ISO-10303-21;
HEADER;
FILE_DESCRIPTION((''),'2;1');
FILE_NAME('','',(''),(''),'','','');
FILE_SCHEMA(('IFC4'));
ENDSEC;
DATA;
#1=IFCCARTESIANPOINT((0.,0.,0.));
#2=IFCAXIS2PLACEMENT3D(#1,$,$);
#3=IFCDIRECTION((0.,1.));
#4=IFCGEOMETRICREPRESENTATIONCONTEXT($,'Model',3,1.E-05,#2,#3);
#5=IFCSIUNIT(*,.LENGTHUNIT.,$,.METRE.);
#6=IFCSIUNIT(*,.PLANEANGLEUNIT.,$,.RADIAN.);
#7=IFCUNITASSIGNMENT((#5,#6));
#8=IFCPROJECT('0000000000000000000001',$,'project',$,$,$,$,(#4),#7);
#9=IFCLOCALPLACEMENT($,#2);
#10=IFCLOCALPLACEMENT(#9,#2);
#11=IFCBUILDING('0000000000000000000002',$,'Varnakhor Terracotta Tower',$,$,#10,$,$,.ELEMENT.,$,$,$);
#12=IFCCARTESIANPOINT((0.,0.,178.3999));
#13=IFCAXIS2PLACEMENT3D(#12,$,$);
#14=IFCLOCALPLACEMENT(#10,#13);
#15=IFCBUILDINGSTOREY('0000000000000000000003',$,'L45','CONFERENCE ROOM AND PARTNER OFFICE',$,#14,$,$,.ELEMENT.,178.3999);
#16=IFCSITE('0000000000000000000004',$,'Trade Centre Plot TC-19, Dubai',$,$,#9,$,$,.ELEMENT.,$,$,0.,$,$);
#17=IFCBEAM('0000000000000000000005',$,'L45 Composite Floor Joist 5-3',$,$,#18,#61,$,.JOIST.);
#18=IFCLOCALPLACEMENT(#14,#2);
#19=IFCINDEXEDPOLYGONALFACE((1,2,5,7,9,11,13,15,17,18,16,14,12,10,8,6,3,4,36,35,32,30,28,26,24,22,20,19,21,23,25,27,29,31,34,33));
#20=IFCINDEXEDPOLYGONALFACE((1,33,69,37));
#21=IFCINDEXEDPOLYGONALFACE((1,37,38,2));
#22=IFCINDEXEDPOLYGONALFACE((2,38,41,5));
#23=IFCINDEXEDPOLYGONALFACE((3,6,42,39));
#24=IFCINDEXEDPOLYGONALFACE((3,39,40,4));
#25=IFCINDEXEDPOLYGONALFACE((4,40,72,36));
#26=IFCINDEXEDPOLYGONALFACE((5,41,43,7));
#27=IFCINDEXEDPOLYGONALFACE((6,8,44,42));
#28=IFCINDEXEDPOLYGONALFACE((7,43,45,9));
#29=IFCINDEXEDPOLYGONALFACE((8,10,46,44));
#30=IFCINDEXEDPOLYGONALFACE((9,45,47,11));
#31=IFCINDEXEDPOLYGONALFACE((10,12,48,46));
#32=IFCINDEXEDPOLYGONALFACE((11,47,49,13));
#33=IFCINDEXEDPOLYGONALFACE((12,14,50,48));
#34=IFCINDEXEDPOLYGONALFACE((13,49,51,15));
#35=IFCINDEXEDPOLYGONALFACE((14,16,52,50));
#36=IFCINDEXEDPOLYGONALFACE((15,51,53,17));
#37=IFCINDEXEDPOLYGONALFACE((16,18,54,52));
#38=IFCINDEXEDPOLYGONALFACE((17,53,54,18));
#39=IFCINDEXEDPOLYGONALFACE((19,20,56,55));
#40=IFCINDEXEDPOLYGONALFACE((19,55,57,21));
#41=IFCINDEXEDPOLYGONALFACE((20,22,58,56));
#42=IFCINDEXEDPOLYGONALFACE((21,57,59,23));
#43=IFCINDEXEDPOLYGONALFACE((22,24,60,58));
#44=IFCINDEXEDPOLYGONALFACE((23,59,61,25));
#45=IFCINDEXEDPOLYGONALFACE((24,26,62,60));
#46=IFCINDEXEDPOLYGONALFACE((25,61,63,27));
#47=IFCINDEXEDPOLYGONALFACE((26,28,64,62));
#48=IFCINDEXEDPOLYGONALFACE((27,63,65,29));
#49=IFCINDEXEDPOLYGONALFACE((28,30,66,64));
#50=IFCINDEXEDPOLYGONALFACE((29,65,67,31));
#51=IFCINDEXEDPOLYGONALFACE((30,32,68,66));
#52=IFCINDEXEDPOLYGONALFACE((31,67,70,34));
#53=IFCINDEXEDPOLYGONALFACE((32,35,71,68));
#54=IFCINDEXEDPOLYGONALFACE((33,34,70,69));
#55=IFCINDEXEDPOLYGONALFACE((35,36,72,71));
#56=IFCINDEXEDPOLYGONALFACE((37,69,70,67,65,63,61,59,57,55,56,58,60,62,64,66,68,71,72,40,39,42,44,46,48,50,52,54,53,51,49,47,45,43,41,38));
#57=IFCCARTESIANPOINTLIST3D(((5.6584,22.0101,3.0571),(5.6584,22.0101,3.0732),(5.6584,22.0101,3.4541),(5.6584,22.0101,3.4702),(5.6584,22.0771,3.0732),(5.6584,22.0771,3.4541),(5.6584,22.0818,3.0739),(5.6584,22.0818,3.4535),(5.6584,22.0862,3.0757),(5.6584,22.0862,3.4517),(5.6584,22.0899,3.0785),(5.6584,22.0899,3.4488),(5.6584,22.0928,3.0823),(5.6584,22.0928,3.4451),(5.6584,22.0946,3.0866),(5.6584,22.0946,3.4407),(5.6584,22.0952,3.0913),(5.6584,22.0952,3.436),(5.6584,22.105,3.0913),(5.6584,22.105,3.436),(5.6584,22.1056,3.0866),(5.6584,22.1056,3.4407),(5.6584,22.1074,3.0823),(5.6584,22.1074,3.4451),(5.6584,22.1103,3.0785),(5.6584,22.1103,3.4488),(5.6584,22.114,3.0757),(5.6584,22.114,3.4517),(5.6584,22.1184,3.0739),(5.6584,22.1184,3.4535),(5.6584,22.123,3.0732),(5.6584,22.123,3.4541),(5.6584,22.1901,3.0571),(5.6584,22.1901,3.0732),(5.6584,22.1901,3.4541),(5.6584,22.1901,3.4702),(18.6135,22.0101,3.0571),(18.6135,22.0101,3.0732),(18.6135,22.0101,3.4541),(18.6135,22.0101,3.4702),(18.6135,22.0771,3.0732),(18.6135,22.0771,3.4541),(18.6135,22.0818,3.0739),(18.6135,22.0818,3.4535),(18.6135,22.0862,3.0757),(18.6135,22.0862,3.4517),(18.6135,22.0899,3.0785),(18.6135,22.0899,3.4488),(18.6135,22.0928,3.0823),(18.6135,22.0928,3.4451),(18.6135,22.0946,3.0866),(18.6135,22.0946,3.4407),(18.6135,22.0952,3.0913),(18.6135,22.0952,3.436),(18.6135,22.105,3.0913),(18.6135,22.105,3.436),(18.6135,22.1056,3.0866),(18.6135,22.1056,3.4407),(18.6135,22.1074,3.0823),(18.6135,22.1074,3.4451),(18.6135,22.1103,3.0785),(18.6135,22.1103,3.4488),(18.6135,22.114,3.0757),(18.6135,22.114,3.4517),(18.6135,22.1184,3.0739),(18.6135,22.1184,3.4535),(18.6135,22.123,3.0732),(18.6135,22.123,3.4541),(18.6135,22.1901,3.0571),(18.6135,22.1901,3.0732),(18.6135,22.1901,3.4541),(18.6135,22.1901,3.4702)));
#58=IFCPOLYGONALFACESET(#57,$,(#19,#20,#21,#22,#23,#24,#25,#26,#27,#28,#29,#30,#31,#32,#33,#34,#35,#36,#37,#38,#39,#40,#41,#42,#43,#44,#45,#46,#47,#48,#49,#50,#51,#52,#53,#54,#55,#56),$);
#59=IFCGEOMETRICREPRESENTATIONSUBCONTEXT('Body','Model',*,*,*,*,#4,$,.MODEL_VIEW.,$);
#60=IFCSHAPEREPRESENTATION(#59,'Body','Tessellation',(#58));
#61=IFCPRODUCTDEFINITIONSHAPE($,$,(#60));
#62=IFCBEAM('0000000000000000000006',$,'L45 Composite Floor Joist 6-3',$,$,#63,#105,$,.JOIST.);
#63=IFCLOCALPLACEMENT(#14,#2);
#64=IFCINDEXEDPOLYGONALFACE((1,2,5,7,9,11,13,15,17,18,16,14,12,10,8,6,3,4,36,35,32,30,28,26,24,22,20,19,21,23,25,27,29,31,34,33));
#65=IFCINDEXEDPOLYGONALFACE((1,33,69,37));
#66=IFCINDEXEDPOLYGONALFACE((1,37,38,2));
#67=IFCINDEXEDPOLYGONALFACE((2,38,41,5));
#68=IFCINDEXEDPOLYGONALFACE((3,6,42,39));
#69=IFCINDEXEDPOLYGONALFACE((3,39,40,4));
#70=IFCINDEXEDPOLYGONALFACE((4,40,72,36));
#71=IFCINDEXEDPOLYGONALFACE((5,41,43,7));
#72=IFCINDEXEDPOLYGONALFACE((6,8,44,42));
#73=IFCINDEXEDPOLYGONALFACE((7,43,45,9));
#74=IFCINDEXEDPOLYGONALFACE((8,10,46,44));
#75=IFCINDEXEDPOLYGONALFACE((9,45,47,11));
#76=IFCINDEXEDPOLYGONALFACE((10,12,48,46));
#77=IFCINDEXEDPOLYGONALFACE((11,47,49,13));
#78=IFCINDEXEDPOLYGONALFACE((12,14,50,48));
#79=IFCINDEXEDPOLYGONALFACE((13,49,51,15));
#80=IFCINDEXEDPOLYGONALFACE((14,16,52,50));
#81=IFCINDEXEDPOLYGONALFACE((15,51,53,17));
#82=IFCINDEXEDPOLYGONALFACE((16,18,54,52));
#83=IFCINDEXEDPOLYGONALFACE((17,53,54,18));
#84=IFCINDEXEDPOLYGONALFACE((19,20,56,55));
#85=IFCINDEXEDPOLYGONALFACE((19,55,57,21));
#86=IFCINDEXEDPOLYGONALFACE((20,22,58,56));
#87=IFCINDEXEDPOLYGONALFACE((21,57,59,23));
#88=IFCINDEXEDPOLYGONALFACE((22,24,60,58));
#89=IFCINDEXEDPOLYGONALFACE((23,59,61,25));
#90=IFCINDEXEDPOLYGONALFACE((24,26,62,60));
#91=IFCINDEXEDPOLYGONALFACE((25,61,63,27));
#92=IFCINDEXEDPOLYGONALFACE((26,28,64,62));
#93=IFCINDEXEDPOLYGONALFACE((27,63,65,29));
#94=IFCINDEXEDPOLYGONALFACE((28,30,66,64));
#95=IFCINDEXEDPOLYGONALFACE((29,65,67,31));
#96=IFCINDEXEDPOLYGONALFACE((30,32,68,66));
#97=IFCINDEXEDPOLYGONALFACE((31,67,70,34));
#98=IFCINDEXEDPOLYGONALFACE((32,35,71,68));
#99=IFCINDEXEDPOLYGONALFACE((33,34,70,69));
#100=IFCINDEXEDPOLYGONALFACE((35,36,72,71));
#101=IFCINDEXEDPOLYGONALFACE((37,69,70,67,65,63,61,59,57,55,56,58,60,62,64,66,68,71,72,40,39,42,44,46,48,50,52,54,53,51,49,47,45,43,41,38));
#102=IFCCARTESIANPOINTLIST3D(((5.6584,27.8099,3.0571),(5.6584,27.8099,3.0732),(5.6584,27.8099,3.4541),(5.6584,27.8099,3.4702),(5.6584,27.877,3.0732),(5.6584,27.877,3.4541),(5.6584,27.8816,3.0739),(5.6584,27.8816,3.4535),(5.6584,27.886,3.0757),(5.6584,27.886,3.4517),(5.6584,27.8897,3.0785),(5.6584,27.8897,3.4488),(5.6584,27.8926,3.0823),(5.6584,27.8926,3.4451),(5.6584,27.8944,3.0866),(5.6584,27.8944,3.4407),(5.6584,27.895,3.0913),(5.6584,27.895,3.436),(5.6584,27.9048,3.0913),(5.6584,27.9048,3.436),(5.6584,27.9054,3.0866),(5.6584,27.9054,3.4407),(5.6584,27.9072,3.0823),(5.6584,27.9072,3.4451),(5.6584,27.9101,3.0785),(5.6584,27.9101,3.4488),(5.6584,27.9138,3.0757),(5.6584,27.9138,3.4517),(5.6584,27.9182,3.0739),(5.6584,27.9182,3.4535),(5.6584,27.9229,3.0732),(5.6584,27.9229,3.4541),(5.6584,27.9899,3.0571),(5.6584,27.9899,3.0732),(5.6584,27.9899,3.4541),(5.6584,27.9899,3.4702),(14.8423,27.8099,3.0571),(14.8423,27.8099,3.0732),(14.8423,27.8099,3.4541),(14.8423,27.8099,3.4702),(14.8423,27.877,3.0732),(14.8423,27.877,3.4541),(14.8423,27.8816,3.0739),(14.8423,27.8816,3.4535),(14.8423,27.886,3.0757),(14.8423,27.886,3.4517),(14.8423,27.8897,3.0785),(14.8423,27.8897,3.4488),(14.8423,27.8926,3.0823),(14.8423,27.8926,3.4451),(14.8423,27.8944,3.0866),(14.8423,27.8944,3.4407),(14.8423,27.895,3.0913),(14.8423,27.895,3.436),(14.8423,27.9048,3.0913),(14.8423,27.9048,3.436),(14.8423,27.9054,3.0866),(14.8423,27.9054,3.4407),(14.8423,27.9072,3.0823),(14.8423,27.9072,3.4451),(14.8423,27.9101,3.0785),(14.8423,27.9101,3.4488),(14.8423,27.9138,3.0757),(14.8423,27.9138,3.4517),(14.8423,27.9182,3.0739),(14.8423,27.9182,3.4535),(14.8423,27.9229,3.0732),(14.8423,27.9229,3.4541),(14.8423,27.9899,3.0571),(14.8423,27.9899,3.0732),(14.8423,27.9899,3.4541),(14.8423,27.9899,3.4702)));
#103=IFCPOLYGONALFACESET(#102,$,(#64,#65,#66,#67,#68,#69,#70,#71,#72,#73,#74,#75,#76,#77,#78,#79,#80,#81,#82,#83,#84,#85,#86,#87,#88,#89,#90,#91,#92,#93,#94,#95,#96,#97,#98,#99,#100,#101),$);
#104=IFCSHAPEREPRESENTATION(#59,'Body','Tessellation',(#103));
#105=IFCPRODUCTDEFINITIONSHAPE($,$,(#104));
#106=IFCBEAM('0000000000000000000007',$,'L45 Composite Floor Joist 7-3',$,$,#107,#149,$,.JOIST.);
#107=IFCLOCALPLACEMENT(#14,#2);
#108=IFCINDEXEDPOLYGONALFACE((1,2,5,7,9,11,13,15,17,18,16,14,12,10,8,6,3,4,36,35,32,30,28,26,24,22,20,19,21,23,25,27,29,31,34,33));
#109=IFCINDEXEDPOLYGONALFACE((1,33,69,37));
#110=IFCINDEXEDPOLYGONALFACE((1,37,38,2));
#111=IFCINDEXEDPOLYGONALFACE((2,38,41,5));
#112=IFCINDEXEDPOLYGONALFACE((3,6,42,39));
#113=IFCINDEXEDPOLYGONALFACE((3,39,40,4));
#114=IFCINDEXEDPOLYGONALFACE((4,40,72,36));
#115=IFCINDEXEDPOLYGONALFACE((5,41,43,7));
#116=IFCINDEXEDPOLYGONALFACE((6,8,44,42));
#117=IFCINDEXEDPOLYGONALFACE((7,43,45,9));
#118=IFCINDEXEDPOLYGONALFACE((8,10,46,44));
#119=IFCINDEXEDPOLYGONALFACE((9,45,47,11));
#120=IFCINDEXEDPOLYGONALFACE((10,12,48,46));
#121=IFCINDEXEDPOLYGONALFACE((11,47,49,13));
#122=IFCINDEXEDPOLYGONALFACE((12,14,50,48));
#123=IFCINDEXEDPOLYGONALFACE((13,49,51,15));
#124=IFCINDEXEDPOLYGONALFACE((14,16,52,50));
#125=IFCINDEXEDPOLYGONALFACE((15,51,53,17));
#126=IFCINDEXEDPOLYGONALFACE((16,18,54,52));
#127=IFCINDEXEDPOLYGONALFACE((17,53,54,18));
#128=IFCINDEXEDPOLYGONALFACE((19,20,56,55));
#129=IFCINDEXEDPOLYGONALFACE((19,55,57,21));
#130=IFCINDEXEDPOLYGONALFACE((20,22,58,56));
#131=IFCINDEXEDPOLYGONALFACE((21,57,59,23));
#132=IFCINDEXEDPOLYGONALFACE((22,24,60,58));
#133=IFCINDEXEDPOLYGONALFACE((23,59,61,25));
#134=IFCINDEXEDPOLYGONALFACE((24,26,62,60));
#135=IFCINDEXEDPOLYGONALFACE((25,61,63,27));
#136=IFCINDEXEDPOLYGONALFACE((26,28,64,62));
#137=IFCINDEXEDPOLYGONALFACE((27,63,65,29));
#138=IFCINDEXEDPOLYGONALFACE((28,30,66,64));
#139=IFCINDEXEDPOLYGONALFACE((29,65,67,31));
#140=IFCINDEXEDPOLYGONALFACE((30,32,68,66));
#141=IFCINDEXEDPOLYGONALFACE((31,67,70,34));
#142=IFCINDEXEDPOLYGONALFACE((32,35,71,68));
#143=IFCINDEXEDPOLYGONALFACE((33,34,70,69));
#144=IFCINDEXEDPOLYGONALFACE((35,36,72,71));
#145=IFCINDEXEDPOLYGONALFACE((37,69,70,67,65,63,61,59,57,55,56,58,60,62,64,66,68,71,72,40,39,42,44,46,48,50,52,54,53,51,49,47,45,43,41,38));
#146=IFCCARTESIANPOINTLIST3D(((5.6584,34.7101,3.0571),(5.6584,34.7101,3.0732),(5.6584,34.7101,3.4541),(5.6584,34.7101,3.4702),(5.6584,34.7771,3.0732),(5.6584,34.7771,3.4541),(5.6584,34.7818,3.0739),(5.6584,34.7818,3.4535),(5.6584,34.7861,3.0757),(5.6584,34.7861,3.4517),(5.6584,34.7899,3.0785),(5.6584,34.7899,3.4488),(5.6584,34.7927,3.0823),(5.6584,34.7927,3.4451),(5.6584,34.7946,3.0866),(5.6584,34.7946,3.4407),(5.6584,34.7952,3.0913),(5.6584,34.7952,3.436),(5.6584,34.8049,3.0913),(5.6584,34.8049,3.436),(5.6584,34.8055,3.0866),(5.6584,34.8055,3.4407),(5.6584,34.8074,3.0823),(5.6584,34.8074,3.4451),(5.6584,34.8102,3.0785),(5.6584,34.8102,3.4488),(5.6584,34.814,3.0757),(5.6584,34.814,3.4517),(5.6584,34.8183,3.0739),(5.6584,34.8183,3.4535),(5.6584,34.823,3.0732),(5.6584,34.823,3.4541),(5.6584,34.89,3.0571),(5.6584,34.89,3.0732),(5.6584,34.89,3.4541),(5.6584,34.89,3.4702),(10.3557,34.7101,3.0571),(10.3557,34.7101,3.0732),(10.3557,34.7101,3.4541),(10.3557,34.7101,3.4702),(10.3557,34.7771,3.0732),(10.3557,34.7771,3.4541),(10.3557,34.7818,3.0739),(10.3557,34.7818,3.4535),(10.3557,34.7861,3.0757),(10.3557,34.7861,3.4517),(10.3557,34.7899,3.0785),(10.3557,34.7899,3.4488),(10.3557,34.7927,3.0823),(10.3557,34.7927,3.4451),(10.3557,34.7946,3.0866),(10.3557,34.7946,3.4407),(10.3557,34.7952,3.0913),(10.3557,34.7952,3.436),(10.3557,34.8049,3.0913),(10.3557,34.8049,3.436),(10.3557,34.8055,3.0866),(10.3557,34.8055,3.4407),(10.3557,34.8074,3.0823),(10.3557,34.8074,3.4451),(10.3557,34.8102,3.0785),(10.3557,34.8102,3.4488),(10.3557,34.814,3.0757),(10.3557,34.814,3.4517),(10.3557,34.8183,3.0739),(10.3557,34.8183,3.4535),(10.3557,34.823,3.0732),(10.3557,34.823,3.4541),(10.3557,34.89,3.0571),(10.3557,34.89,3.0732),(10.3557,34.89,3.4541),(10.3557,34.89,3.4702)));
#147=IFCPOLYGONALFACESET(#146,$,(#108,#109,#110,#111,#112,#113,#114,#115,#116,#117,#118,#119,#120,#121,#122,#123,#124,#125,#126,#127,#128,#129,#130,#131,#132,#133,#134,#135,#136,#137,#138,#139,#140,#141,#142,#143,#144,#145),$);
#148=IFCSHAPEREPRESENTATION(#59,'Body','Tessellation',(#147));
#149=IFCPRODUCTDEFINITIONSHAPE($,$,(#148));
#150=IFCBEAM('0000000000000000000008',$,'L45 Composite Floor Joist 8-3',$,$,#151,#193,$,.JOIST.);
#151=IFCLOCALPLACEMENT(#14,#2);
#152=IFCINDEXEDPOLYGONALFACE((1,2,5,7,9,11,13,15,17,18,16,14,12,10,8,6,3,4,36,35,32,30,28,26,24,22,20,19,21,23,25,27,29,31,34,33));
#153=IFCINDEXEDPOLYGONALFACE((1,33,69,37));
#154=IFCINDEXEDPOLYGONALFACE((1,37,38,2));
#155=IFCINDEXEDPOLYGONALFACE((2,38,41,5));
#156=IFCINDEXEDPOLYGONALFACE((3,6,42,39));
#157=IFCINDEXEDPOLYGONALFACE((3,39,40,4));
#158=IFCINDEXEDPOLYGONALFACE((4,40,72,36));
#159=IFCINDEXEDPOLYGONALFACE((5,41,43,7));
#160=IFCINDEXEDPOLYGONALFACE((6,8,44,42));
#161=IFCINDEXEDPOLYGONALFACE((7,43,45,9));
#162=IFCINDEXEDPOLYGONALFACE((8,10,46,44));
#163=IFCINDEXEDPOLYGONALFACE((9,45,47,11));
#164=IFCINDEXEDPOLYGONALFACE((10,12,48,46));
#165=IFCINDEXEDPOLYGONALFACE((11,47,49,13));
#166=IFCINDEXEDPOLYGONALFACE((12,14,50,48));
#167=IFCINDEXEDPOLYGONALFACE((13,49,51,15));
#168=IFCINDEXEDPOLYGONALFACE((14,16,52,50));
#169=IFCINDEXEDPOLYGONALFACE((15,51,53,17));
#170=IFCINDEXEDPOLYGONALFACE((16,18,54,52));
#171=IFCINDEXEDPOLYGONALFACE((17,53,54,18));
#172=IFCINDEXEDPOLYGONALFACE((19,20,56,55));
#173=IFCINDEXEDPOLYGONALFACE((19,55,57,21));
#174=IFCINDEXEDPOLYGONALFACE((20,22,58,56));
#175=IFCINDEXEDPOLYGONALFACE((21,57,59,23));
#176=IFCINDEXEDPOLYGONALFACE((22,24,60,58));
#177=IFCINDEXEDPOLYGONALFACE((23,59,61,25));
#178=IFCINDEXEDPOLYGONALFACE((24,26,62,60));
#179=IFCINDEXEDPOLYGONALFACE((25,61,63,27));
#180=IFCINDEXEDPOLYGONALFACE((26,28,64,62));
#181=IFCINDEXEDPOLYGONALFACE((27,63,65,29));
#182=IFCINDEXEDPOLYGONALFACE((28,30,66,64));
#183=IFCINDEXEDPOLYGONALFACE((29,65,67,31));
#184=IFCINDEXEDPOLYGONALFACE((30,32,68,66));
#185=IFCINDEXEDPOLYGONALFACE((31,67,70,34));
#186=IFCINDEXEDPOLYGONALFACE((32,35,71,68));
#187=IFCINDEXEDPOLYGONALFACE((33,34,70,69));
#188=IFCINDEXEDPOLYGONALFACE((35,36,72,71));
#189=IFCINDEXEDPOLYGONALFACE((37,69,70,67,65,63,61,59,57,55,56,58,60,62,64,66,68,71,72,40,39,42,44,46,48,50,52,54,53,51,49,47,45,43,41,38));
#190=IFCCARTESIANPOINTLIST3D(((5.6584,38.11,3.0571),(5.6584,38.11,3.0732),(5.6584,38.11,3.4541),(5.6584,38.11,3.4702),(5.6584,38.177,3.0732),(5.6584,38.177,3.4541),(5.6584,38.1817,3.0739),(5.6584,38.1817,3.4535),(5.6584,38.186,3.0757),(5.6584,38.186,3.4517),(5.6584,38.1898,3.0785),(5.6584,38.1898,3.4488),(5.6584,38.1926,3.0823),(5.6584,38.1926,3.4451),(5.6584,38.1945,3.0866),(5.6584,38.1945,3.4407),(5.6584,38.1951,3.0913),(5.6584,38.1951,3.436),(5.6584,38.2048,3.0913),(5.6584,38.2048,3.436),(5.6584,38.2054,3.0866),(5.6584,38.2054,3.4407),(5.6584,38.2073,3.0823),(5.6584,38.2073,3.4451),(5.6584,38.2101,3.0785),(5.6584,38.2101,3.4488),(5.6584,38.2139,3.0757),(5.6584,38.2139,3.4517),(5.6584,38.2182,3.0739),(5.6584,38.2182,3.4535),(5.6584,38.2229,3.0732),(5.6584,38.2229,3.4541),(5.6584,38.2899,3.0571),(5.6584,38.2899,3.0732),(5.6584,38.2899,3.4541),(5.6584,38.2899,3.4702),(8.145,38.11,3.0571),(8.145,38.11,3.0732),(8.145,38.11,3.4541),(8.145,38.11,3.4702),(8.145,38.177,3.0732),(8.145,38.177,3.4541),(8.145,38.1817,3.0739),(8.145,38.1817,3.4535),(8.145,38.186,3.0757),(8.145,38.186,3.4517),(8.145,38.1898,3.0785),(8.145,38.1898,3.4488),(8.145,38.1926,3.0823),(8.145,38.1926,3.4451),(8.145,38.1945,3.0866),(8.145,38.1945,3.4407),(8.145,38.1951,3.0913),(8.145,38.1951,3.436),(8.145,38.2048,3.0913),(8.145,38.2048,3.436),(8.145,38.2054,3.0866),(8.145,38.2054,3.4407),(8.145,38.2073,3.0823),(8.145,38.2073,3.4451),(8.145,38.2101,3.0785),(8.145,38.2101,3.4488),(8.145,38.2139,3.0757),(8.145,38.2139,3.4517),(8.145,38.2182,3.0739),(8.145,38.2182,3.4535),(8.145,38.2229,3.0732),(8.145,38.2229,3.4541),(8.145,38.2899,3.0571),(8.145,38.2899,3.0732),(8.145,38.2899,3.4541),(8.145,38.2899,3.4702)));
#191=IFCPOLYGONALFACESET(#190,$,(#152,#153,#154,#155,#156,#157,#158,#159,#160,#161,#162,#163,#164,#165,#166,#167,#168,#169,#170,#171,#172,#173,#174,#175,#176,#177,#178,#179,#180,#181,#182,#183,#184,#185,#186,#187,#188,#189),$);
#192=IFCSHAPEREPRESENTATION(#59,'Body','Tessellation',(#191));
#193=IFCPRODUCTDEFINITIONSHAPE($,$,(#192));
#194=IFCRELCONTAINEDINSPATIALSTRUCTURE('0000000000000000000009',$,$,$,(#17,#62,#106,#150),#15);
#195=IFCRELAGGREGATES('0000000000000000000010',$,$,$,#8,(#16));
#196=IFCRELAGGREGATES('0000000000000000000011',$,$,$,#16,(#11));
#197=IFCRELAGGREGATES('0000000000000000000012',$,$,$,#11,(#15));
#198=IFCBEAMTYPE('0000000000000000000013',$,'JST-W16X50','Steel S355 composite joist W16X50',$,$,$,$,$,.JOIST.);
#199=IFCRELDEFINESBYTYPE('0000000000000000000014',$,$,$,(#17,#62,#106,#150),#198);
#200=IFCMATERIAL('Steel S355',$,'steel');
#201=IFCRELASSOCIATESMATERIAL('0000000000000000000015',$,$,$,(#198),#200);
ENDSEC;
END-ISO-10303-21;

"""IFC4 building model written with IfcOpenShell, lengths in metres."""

from ifc_helpers import new_model, si_unit, direction, frame, origin, origin_2d, place, context, subcontext, project, spatial, i_section, extrude, source, transform, mapped, material, material_profile, profile_set, type_object, element, save


model = new_model("IFC4")

# Units and contexts
model_context = context("Model", 3, precision=1e-05, world=origin(), true_north=direction((0.0, 1.0)))
body_context = subcontext(model_context, "Body", "Model", "MODEL_VIEW")
ifc_project = project(units=[si_unit("LENGTHUNIT", "METRE"), si_unit("PLANEANGLEUNIT", "RADIAN")], contexts=[model_context])

# Site, building, storey
site_placement = place(None, origin())
site = spatial("IfcSite", under=ifc_project, at=site_placement, Name="Trade Centre Plot TC-19, Dubai", CompositionType="ELEMENT", RefElevation=0.0)
building_placement = place(site_placement, origin())
building = spatial("IfcBuilding", under=site, at=building_placement, Name="Varnakhor Terracotta Tower", CompositionType="ELEMENT")
storey_placement = place(building_placement, frame((0.0, 0.0, 178.3999)))
storey = spatial("IfcBuildingStorey", under=building, at=storey_placement, Name="L45", Description="CONFERENCE ROOM AND PARTNER OFFICE", CompositionType="ELEMENT", Elevation=178.3999)

# Beams
ifc_material_1 = material(Name="Steel S355", Category="steel")
ifc_material_profile_1 = material_profile(ifc_material_1, i_section(OverallWidth=0.1799, OverallDepth=0.4131, WebThickness=0.0098, FlangeThickness=0.0161, FilletRadius=0.0181, at=origin_2d()), Name="W16X50")
ifc_profile_set_1 = profile_set([ifc_material_profile_1], Name="Steel S355")
beam_type_1 = type_object("IfcBeamType", Name="JST-W16X50", Description="Steel S355 composite joist W16X50", PredefinedType="JOIST", material=ifc_profile_set_1)
shared_shape_1 = source(origin(), body_context, "Body", "SweptSolid", [
    extrude(i_section(OverallWidth=0.1799, OverallDepth=0.4131, WebThickness=0.0098, FlangeThickness=0.0161, FilletRadius=0.0181, at=origin_2d()), origin(), (0.0, 0.0, 1.0), 12.9551),
])
beam_1_placement = place(storey_placement, frame((5.6584, 22.1001, 3.2637), z_axis=(1.0, 0.0, 0.0), x_axis=(0.0, 1.0, 0.0)))
element("IfcBeam", 1, at=beam_1_placement, inside=storey, type_object=beam_type_1, Name="L45 Composite Floor Joist 5-3", PredefinedType="JOIST", context=body_context, shape_type="MappedRepresentation", body=[
    mapped(shared_shape_1, transform((0.0, 0.0, 0.0), scale=1.0)),
])
shared_shape_2 = source(origin(), body_context, "Body", "SweptSolid", [
    extrude(i_section(OverallWidth=0.1799, OverallDepth=0.4131, WebThickness=0.0098, FlangeThickness=0.0161, FilletRadius=0.0181, at=origin_2d()), origin(), (0.0, 0.0, 1.0), 9.1838),
])
beam_2_placement = place(storey_placement, frame((5.6584, 27.8999, 3.2637), z_axis=(1.0, 0.0, 0.0), x_axis=(0.0, 1.0, 0.0)))
element("IfcBeam", 2, at=beam_2_placement, inside=storey, type_object=beam_type_1, Name="L45 Composite Floor Joist 6-3", PredefinedType="JOIST", context=body_context, shape_type="MappedRepresentation", body=[
    mapped(shared_shape_2, transform((0.0, 0.0, 0.0), scale=1.0)),
])
shared_shape_3 = source(origin(), body_context, "Body", "SweptSolid", [
    extrude(i_section(OverallWidth=0.1799, OverallDepth=0.4131, WebThickness=0.0098, FlangeThickness=0.0161, FilletRadius=0.0181, at=origin_2d()), origin(), (0.0, 0.0, 1.0), 4.6973),
])
beam_3_placement = place(storey_placement, frame((5.6584, 34.8, 3.2637), z_axis=(1.0, 0.0, 0.0), x_axis=(0.0, 1.0, 0.0)))
element("IfcBeam", 3, at=beam_3_placement, inside=storey, type_object=beam_type_1, Name="L45 Composite Floor Joist 7-3", PredefinedType="JOIST", context=body_context, shape_type="MappedRepresentation", body=[
    mapped(shared_shape_3, transform((0.0, 0.0, 0.0), scale=1.0)),
])
shared_shape_4 = source(origin(), body_context, "Body", "SweptSolid", [
    extrude(i_section(OverallWidth=0.1799, OverallDepth=0.4131, WebThickness=0.0098, FlangeThickness=0.0161, FilletRadius=0.0181, at=origin_2d()), origin(), (0.0, 0.0, 1.0), 2.4866),
])
beam_4_placement = place(storey_placement, frame((5.6584, 38.2, 3.2637), z_axis=(1.0, 0.0, 0.0), x_axis=(0.0, 1.0, 0.0)))
element("IfcBeam", 4, at=beam_4_placement, inside=storey, type_object=beam_type_1, Name="L45 Composite Floor Joist 8-3", PredefinedType="JOIST", context=body_context, shape_type="MappedRepresentation", body=[
    mapped(shared_shape_4, transform((0.0, 0.0, 0.0), scale=1.0)),
])

save(model, "model.ifc")
